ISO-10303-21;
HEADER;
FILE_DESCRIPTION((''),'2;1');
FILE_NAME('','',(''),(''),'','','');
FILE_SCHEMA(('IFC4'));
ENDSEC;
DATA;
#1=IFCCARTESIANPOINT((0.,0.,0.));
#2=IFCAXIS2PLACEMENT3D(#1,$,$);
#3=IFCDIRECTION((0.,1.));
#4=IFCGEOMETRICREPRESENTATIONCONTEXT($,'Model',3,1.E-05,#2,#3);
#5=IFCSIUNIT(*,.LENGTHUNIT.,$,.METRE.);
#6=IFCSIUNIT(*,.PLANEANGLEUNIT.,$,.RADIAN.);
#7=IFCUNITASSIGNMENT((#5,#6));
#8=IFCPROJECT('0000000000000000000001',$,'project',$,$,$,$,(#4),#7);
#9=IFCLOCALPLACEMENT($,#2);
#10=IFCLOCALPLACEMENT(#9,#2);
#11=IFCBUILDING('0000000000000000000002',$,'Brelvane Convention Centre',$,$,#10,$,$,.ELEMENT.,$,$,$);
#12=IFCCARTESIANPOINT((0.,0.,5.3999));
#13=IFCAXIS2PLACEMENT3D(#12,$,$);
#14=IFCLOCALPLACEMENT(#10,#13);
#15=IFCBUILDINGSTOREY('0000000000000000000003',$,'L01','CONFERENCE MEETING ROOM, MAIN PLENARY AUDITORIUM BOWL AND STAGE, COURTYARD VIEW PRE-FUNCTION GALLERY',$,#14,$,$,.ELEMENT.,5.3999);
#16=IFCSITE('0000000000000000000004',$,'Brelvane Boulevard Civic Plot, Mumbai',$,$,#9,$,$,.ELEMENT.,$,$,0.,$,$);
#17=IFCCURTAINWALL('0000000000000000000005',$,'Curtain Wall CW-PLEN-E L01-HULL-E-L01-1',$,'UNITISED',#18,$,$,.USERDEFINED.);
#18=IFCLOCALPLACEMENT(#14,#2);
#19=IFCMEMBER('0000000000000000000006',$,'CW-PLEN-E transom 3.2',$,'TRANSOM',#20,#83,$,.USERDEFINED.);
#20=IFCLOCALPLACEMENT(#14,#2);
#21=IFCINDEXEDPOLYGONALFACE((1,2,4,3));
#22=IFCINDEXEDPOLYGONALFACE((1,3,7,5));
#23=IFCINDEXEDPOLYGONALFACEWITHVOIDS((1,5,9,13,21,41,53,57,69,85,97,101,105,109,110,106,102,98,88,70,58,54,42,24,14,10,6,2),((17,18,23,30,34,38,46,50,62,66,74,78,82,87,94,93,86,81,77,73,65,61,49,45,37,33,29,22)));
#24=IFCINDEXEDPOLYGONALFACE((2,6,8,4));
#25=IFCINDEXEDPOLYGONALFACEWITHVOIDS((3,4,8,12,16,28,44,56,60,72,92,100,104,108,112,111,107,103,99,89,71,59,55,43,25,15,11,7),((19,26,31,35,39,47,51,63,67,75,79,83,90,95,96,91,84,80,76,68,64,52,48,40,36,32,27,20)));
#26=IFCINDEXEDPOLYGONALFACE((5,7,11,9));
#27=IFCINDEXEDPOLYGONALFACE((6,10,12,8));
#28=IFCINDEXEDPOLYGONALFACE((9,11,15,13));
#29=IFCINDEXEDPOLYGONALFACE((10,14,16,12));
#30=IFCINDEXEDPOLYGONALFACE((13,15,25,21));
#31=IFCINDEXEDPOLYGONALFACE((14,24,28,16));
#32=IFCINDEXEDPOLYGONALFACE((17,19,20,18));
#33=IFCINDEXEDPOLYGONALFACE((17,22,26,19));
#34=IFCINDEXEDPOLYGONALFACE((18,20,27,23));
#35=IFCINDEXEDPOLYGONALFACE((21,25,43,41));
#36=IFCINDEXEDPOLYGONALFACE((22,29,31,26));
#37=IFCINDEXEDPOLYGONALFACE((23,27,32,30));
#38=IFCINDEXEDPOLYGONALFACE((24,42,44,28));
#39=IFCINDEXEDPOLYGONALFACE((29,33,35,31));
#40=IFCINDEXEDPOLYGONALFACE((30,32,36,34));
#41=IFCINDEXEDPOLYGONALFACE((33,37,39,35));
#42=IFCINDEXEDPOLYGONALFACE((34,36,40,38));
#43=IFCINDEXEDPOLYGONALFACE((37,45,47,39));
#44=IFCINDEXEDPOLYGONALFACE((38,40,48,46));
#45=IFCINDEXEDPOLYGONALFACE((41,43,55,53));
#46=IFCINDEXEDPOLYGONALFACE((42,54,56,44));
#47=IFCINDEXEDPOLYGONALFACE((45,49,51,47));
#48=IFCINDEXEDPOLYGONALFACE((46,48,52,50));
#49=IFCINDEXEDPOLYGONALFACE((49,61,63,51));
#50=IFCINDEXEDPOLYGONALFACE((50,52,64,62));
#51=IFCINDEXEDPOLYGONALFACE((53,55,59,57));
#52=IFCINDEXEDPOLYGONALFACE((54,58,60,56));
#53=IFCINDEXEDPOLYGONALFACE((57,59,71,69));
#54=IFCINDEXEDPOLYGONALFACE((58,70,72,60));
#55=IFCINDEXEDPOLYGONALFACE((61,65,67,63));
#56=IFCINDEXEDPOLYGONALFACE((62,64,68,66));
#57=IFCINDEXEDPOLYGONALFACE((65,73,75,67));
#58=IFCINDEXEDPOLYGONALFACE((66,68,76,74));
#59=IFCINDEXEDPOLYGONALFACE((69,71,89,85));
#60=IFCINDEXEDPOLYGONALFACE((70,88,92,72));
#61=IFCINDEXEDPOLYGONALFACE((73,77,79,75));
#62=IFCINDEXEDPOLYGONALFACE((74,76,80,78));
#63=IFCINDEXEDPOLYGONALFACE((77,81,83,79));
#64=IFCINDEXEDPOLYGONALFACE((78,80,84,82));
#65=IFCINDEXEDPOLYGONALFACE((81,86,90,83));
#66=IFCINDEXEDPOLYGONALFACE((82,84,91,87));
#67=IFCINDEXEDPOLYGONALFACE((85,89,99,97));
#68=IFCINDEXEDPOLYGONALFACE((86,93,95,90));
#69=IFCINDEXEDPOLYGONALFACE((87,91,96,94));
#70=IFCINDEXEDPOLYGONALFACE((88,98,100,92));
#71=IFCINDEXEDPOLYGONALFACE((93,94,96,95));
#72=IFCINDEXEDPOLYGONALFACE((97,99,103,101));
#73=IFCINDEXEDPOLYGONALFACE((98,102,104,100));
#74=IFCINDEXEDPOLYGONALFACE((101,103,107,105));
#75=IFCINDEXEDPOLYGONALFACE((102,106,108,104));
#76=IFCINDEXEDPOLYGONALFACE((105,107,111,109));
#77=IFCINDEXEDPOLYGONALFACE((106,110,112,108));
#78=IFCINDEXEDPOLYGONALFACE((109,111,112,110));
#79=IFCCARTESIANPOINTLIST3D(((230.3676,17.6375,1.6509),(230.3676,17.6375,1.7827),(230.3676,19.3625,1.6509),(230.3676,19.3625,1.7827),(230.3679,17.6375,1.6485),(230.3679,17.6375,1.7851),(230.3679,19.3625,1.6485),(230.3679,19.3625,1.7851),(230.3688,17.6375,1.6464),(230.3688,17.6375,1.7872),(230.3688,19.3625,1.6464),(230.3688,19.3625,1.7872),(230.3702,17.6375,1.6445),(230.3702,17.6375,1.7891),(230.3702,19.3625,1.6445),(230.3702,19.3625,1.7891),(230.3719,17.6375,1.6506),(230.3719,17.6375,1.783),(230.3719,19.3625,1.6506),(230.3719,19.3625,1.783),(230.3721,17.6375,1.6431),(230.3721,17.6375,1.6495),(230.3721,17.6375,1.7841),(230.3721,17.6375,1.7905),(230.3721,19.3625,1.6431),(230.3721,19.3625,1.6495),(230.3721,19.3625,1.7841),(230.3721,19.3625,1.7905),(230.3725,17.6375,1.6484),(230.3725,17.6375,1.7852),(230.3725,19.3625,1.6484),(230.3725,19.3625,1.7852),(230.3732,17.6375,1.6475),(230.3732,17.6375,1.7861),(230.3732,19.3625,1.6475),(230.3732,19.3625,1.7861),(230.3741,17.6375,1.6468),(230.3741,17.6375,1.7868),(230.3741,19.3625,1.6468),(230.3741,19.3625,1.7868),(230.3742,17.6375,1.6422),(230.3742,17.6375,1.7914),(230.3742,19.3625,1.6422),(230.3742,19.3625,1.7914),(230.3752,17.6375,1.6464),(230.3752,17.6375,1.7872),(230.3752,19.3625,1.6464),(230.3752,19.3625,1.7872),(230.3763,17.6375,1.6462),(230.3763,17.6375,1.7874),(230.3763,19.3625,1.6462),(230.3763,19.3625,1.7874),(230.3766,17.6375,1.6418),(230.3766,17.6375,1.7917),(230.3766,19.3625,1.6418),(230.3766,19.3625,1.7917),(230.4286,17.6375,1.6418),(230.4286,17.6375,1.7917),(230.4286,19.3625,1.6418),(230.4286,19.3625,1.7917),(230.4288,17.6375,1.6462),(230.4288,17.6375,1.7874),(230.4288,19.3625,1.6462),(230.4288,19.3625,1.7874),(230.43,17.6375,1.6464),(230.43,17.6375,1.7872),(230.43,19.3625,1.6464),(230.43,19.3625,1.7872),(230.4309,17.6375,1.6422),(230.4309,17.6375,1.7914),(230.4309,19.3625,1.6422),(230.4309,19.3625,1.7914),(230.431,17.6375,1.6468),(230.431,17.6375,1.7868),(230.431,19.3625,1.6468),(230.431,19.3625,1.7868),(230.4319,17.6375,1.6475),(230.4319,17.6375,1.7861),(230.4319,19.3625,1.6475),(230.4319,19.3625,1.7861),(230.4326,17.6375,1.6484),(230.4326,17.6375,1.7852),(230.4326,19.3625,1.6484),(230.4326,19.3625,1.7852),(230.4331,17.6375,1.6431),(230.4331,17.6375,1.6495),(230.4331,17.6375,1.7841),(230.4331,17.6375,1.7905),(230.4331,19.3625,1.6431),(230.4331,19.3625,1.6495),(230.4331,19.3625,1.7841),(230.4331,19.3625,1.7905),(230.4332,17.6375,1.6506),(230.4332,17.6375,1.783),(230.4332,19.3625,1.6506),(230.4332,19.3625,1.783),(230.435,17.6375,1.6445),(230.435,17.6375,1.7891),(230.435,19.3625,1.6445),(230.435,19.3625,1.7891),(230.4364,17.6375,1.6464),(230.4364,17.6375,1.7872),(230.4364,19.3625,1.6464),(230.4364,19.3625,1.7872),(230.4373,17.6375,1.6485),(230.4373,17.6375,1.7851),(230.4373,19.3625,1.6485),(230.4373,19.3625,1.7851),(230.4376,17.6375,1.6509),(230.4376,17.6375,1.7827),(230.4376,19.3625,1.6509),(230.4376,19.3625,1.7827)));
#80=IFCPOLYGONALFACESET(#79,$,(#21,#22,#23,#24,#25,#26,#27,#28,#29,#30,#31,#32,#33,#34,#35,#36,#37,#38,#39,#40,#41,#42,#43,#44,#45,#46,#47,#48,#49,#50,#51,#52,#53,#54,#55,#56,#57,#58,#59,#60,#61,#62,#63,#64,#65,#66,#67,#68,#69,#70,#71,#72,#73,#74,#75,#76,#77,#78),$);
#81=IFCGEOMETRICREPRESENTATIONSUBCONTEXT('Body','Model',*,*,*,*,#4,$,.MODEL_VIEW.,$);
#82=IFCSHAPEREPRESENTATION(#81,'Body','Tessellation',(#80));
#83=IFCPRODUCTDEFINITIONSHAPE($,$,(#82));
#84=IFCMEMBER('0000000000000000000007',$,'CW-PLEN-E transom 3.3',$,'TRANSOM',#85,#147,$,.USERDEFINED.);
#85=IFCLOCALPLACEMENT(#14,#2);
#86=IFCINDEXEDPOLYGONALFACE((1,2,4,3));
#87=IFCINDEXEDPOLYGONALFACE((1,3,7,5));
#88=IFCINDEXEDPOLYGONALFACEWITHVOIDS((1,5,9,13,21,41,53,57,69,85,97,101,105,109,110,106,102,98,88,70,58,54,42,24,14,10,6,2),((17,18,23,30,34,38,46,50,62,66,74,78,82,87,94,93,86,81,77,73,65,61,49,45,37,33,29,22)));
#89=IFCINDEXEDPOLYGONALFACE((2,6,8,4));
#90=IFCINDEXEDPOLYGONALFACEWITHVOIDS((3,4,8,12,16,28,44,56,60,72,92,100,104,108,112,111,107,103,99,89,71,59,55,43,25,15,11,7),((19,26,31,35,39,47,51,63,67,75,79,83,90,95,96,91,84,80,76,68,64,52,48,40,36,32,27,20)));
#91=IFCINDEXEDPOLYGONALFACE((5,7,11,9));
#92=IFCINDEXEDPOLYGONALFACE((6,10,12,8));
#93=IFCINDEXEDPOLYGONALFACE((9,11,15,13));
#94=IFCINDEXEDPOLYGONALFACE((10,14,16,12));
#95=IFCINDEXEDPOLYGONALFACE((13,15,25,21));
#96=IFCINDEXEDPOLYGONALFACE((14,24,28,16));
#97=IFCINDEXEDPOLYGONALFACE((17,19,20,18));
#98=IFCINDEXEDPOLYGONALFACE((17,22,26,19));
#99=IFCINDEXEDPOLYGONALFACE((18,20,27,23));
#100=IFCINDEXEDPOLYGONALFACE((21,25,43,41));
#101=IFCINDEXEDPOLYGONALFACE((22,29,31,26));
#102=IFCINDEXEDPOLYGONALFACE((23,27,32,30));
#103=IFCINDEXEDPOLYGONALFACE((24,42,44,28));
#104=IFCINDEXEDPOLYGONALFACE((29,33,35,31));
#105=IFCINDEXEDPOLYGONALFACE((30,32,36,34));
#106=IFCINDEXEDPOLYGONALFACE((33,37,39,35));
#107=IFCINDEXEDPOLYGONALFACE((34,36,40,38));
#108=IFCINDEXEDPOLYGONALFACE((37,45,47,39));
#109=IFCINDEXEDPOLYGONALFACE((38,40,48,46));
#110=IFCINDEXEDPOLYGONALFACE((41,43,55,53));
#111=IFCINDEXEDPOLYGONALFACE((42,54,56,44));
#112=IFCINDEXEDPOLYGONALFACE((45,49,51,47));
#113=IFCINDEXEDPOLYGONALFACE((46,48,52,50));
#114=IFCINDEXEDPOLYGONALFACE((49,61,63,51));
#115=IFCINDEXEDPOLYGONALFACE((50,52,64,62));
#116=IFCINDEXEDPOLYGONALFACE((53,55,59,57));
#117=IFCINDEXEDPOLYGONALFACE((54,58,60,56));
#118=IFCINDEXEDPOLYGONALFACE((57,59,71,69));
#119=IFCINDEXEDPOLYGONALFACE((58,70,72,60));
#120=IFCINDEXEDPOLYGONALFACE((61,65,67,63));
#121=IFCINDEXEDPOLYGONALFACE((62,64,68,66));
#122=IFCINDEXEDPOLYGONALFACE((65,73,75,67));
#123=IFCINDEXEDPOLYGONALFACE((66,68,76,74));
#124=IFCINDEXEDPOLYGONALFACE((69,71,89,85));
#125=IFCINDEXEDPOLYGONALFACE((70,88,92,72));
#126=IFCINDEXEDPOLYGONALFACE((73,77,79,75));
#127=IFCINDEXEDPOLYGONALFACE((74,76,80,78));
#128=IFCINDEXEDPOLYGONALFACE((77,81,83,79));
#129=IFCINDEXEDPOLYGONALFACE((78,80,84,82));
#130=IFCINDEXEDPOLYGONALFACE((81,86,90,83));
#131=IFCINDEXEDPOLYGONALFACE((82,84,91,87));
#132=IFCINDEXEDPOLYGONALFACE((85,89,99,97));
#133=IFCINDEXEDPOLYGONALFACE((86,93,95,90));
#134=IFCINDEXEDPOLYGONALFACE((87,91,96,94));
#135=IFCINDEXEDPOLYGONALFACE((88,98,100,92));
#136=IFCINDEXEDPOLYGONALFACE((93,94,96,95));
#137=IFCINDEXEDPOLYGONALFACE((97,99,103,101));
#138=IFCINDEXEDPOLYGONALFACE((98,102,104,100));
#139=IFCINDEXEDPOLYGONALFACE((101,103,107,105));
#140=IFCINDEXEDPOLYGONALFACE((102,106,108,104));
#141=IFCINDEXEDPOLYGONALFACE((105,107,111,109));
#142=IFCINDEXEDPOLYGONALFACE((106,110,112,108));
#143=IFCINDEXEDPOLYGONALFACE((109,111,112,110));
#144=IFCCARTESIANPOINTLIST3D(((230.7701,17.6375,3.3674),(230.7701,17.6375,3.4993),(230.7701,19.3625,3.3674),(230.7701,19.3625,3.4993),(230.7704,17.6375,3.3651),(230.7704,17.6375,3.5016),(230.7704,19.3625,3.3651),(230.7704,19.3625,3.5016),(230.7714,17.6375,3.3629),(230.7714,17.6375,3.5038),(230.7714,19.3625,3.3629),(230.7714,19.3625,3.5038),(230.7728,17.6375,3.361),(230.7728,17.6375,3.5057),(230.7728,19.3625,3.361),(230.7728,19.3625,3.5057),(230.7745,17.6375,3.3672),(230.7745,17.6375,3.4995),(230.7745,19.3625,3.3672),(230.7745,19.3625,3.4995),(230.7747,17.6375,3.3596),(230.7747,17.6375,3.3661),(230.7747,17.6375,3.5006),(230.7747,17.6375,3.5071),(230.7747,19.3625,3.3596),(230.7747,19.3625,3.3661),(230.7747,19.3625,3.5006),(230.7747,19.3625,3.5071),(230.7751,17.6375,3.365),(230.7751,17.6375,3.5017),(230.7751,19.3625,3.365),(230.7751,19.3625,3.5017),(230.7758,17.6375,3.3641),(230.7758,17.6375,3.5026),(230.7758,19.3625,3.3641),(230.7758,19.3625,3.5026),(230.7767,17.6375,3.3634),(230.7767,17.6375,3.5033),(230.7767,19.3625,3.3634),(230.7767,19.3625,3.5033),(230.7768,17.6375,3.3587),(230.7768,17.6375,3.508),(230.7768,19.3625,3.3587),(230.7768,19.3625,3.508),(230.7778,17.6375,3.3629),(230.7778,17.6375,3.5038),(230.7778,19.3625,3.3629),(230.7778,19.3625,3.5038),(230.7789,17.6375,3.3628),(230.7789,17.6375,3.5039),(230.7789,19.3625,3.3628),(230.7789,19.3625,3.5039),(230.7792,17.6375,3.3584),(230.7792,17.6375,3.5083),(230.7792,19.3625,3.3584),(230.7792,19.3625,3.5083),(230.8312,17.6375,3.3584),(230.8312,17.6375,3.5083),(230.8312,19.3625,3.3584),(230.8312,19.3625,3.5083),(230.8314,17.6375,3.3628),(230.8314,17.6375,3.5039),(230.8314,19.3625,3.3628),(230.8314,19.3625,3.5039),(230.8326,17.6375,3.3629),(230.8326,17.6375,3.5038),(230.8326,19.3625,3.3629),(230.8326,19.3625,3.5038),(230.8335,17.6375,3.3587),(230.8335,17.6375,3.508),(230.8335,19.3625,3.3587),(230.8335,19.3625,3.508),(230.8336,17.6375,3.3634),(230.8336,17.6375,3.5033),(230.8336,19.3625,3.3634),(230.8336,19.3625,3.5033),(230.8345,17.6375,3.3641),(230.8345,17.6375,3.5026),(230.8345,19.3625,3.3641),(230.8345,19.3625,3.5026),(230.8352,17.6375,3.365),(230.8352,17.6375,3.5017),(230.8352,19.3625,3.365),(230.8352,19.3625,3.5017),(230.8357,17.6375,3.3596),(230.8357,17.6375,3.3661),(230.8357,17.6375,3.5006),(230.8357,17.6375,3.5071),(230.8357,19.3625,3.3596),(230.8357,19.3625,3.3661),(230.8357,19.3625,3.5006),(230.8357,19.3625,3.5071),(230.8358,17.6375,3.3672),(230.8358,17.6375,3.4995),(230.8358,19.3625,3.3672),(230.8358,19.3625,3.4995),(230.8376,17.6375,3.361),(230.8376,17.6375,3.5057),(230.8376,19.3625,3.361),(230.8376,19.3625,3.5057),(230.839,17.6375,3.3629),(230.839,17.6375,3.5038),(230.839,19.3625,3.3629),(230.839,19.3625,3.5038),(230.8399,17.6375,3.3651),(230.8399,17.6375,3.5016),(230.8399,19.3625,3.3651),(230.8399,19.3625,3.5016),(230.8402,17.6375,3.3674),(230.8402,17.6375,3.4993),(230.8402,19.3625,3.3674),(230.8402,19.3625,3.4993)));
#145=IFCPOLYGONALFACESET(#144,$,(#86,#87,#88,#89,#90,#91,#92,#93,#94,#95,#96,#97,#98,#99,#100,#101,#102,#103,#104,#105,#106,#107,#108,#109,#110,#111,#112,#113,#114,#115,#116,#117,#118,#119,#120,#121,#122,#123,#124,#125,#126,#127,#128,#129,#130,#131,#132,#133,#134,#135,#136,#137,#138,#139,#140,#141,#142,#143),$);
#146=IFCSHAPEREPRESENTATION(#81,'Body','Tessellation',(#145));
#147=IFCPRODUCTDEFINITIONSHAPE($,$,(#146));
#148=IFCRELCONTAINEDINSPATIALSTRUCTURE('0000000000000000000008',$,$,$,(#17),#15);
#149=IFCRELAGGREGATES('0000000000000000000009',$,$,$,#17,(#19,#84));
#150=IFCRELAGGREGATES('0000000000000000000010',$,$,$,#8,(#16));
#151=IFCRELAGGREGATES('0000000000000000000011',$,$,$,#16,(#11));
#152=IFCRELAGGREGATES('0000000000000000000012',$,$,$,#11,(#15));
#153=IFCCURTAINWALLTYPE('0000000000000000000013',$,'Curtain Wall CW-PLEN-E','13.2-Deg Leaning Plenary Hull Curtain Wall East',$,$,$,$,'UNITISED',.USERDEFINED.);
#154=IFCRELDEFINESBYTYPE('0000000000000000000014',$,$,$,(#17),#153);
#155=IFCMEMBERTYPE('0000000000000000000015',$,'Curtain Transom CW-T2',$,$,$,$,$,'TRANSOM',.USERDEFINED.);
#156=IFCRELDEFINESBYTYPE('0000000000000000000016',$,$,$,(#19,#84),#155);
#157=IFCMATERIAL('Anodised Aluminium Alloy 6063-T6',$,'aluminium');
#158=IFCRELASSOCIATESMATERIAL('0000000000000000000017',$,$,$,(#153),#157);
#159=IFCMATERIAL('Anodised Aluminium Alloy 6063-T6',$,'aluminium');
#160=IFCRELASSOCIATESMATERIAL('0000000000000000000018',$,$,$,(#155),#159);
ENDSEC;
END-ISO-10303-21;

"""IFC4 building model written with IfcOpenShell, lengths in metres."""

from ifc_helpers import new_model, si_unit, direction, frame, origin, origin_2d, place, context, subcontext, project, spatial, hollow_rectangle, extrude, material, material_profile, profile_set, type_object, element, aggregate, save


model = new_model("IFC4")

# Units and contexts
model_context = context("Model", 3, precision=1e-05, world=origin(), true_north=direction((0.0, 1.0)))
body_context = subcontext(model_context, "Body", "Model", "MODEL_VIEW")
ifc_project = project(units=[si_unit("LENGTHUNIT", "METRE"), si_unit("PLANEANGLEUNIT", "RADIAN")], contexts=[model_context])

# Site, building, storey
site_placement = place(None, origin())
site = spatial("IfcSite", under=ifc_project, at=site_placement, Name="Brelvane Boulevard Civic Plot, Mumbai", CompositionType="ELEMENT", RefElevation=0.0)
building_placement = place(site_placement, origin())
building = spatial("IfcBuilding", under=site, at=building_placement, Name="Brelvane Convention Centre", CompositionType="ELEMENT")
storey_placement = place(building_placement, frame((0.0, 0.0, 5.3999)))
storey = spatial("IfcBuildingStorey", under=building, at=storey_placement, Name="L01", Description="CONFERENCE MEETING ROOM, MAIN PLENARY AUDITORIUM BOWL AND STAGE, COURTYARD VIEW PRE-FUNCTION GALLERY", CompositionType="ELEMENT", Elevation=5.3999)

# Curtain wall, members
ifc_material_1 = material(Name="Anodised Aluminium Alloy 6063-T6", Category="aluminium")
curtain_wall_type = type_object("IfcCurtainWallType", Name="Curtain Wall CW-PLEN-E", Description="13.2-Deg Leaning Plenary Hull Curtain Wall East", ElementType="UNITISED", PredefinedType="USERDEFINED", material=ifc_material_1)
curtain_wall_placement = place(storey_placement, origin())
curtain_wall = element("IfcCurtainWall", 1, at=curtain_wall_placement, inside=storey, type_object=curtain_wall_type, Name="Curtain Wall CW-PLEN-E L01-HULL-E-L01-1", ObjectType="UNITISED", PredefinedType="USERDEFINED")
ifc_material_2 = material(Name="Anodised Aluminium Alloy 6063-T6", Category="aluminium")
ifc_material_profile_1 = material_profile(ifc_material_2, hollow_rectangle(XDim=0.0701, YDim=0.1499, WallThickness=0.0044, InnerFilletRadius=0.0044, OuterFilletRadius=0.009, at=origin_2d()), Name="ALU-T 150x70x4.5")
ifc_profile_set_1 = profile_set([ifc_material_profile_1], Name="Anodised Aluminium Alloy 6063-T6")
member_type_1 = type_object("IfcMemberType", Name="Curtain Transom CW-T2", ElementType="TRANSOM", PredefinedType="USERDEFINED", material=ifc_profile_set_1)
member_1_placement = place(storey_placement, frame((230.4026, 17.6375, 1.7168), z_axis=(0.0, 1.0, 0.0), x_axis=(-1.0, 0.0, 0.0)))
member_1 = element("IfcMember", 2, at=member_1_placement, type_object=member_type_1, Name="CW-PLEN-E transom 3.2", ObjectType="TRANSOM", PredefinedType="USERDEFINED", context=body_context, shape_type="SweptSolid", body=[
    extrude(hollow_rectangle(XDim=0.0701, YDim=0.1499, WallThickness=0.0044, InnerFilletRadius=0.0044, OuterFilletRadius=0.009, at=origin_2d()), origin(), (0.0, 0.0, 1.0), 1.7251),
])
member_2_placement = place(storey_placement, frame((230.8052, 17.6375, 3.4333), z_axis=(0.0, 1.0, 0.0), x_axis=(-1.0, 0.0, 0.0)))
member_2 = element("IfcMember", 3, at=member_2_placement, type_object=member_type_1, Name="CW-PLEN-E transom 3.3", ObjectType="TRANSOM", PredefinedType="USERDEFINED", context=body_context, shape_type="SweptSolid", body=[
    extrude(hollow_rectangle(XDim=0.0701, YDim=0.1499, WallThickness=0.0044, InnerFilletRadius=0.0044, OuterFilletRadius=0.009, at=origin_2d()), origin(), (0.0, 0.0, 1.0), 1.7251),
])

aggregate(curtain_wall, [member_1, member_2])

save(model, "model.ifc")
